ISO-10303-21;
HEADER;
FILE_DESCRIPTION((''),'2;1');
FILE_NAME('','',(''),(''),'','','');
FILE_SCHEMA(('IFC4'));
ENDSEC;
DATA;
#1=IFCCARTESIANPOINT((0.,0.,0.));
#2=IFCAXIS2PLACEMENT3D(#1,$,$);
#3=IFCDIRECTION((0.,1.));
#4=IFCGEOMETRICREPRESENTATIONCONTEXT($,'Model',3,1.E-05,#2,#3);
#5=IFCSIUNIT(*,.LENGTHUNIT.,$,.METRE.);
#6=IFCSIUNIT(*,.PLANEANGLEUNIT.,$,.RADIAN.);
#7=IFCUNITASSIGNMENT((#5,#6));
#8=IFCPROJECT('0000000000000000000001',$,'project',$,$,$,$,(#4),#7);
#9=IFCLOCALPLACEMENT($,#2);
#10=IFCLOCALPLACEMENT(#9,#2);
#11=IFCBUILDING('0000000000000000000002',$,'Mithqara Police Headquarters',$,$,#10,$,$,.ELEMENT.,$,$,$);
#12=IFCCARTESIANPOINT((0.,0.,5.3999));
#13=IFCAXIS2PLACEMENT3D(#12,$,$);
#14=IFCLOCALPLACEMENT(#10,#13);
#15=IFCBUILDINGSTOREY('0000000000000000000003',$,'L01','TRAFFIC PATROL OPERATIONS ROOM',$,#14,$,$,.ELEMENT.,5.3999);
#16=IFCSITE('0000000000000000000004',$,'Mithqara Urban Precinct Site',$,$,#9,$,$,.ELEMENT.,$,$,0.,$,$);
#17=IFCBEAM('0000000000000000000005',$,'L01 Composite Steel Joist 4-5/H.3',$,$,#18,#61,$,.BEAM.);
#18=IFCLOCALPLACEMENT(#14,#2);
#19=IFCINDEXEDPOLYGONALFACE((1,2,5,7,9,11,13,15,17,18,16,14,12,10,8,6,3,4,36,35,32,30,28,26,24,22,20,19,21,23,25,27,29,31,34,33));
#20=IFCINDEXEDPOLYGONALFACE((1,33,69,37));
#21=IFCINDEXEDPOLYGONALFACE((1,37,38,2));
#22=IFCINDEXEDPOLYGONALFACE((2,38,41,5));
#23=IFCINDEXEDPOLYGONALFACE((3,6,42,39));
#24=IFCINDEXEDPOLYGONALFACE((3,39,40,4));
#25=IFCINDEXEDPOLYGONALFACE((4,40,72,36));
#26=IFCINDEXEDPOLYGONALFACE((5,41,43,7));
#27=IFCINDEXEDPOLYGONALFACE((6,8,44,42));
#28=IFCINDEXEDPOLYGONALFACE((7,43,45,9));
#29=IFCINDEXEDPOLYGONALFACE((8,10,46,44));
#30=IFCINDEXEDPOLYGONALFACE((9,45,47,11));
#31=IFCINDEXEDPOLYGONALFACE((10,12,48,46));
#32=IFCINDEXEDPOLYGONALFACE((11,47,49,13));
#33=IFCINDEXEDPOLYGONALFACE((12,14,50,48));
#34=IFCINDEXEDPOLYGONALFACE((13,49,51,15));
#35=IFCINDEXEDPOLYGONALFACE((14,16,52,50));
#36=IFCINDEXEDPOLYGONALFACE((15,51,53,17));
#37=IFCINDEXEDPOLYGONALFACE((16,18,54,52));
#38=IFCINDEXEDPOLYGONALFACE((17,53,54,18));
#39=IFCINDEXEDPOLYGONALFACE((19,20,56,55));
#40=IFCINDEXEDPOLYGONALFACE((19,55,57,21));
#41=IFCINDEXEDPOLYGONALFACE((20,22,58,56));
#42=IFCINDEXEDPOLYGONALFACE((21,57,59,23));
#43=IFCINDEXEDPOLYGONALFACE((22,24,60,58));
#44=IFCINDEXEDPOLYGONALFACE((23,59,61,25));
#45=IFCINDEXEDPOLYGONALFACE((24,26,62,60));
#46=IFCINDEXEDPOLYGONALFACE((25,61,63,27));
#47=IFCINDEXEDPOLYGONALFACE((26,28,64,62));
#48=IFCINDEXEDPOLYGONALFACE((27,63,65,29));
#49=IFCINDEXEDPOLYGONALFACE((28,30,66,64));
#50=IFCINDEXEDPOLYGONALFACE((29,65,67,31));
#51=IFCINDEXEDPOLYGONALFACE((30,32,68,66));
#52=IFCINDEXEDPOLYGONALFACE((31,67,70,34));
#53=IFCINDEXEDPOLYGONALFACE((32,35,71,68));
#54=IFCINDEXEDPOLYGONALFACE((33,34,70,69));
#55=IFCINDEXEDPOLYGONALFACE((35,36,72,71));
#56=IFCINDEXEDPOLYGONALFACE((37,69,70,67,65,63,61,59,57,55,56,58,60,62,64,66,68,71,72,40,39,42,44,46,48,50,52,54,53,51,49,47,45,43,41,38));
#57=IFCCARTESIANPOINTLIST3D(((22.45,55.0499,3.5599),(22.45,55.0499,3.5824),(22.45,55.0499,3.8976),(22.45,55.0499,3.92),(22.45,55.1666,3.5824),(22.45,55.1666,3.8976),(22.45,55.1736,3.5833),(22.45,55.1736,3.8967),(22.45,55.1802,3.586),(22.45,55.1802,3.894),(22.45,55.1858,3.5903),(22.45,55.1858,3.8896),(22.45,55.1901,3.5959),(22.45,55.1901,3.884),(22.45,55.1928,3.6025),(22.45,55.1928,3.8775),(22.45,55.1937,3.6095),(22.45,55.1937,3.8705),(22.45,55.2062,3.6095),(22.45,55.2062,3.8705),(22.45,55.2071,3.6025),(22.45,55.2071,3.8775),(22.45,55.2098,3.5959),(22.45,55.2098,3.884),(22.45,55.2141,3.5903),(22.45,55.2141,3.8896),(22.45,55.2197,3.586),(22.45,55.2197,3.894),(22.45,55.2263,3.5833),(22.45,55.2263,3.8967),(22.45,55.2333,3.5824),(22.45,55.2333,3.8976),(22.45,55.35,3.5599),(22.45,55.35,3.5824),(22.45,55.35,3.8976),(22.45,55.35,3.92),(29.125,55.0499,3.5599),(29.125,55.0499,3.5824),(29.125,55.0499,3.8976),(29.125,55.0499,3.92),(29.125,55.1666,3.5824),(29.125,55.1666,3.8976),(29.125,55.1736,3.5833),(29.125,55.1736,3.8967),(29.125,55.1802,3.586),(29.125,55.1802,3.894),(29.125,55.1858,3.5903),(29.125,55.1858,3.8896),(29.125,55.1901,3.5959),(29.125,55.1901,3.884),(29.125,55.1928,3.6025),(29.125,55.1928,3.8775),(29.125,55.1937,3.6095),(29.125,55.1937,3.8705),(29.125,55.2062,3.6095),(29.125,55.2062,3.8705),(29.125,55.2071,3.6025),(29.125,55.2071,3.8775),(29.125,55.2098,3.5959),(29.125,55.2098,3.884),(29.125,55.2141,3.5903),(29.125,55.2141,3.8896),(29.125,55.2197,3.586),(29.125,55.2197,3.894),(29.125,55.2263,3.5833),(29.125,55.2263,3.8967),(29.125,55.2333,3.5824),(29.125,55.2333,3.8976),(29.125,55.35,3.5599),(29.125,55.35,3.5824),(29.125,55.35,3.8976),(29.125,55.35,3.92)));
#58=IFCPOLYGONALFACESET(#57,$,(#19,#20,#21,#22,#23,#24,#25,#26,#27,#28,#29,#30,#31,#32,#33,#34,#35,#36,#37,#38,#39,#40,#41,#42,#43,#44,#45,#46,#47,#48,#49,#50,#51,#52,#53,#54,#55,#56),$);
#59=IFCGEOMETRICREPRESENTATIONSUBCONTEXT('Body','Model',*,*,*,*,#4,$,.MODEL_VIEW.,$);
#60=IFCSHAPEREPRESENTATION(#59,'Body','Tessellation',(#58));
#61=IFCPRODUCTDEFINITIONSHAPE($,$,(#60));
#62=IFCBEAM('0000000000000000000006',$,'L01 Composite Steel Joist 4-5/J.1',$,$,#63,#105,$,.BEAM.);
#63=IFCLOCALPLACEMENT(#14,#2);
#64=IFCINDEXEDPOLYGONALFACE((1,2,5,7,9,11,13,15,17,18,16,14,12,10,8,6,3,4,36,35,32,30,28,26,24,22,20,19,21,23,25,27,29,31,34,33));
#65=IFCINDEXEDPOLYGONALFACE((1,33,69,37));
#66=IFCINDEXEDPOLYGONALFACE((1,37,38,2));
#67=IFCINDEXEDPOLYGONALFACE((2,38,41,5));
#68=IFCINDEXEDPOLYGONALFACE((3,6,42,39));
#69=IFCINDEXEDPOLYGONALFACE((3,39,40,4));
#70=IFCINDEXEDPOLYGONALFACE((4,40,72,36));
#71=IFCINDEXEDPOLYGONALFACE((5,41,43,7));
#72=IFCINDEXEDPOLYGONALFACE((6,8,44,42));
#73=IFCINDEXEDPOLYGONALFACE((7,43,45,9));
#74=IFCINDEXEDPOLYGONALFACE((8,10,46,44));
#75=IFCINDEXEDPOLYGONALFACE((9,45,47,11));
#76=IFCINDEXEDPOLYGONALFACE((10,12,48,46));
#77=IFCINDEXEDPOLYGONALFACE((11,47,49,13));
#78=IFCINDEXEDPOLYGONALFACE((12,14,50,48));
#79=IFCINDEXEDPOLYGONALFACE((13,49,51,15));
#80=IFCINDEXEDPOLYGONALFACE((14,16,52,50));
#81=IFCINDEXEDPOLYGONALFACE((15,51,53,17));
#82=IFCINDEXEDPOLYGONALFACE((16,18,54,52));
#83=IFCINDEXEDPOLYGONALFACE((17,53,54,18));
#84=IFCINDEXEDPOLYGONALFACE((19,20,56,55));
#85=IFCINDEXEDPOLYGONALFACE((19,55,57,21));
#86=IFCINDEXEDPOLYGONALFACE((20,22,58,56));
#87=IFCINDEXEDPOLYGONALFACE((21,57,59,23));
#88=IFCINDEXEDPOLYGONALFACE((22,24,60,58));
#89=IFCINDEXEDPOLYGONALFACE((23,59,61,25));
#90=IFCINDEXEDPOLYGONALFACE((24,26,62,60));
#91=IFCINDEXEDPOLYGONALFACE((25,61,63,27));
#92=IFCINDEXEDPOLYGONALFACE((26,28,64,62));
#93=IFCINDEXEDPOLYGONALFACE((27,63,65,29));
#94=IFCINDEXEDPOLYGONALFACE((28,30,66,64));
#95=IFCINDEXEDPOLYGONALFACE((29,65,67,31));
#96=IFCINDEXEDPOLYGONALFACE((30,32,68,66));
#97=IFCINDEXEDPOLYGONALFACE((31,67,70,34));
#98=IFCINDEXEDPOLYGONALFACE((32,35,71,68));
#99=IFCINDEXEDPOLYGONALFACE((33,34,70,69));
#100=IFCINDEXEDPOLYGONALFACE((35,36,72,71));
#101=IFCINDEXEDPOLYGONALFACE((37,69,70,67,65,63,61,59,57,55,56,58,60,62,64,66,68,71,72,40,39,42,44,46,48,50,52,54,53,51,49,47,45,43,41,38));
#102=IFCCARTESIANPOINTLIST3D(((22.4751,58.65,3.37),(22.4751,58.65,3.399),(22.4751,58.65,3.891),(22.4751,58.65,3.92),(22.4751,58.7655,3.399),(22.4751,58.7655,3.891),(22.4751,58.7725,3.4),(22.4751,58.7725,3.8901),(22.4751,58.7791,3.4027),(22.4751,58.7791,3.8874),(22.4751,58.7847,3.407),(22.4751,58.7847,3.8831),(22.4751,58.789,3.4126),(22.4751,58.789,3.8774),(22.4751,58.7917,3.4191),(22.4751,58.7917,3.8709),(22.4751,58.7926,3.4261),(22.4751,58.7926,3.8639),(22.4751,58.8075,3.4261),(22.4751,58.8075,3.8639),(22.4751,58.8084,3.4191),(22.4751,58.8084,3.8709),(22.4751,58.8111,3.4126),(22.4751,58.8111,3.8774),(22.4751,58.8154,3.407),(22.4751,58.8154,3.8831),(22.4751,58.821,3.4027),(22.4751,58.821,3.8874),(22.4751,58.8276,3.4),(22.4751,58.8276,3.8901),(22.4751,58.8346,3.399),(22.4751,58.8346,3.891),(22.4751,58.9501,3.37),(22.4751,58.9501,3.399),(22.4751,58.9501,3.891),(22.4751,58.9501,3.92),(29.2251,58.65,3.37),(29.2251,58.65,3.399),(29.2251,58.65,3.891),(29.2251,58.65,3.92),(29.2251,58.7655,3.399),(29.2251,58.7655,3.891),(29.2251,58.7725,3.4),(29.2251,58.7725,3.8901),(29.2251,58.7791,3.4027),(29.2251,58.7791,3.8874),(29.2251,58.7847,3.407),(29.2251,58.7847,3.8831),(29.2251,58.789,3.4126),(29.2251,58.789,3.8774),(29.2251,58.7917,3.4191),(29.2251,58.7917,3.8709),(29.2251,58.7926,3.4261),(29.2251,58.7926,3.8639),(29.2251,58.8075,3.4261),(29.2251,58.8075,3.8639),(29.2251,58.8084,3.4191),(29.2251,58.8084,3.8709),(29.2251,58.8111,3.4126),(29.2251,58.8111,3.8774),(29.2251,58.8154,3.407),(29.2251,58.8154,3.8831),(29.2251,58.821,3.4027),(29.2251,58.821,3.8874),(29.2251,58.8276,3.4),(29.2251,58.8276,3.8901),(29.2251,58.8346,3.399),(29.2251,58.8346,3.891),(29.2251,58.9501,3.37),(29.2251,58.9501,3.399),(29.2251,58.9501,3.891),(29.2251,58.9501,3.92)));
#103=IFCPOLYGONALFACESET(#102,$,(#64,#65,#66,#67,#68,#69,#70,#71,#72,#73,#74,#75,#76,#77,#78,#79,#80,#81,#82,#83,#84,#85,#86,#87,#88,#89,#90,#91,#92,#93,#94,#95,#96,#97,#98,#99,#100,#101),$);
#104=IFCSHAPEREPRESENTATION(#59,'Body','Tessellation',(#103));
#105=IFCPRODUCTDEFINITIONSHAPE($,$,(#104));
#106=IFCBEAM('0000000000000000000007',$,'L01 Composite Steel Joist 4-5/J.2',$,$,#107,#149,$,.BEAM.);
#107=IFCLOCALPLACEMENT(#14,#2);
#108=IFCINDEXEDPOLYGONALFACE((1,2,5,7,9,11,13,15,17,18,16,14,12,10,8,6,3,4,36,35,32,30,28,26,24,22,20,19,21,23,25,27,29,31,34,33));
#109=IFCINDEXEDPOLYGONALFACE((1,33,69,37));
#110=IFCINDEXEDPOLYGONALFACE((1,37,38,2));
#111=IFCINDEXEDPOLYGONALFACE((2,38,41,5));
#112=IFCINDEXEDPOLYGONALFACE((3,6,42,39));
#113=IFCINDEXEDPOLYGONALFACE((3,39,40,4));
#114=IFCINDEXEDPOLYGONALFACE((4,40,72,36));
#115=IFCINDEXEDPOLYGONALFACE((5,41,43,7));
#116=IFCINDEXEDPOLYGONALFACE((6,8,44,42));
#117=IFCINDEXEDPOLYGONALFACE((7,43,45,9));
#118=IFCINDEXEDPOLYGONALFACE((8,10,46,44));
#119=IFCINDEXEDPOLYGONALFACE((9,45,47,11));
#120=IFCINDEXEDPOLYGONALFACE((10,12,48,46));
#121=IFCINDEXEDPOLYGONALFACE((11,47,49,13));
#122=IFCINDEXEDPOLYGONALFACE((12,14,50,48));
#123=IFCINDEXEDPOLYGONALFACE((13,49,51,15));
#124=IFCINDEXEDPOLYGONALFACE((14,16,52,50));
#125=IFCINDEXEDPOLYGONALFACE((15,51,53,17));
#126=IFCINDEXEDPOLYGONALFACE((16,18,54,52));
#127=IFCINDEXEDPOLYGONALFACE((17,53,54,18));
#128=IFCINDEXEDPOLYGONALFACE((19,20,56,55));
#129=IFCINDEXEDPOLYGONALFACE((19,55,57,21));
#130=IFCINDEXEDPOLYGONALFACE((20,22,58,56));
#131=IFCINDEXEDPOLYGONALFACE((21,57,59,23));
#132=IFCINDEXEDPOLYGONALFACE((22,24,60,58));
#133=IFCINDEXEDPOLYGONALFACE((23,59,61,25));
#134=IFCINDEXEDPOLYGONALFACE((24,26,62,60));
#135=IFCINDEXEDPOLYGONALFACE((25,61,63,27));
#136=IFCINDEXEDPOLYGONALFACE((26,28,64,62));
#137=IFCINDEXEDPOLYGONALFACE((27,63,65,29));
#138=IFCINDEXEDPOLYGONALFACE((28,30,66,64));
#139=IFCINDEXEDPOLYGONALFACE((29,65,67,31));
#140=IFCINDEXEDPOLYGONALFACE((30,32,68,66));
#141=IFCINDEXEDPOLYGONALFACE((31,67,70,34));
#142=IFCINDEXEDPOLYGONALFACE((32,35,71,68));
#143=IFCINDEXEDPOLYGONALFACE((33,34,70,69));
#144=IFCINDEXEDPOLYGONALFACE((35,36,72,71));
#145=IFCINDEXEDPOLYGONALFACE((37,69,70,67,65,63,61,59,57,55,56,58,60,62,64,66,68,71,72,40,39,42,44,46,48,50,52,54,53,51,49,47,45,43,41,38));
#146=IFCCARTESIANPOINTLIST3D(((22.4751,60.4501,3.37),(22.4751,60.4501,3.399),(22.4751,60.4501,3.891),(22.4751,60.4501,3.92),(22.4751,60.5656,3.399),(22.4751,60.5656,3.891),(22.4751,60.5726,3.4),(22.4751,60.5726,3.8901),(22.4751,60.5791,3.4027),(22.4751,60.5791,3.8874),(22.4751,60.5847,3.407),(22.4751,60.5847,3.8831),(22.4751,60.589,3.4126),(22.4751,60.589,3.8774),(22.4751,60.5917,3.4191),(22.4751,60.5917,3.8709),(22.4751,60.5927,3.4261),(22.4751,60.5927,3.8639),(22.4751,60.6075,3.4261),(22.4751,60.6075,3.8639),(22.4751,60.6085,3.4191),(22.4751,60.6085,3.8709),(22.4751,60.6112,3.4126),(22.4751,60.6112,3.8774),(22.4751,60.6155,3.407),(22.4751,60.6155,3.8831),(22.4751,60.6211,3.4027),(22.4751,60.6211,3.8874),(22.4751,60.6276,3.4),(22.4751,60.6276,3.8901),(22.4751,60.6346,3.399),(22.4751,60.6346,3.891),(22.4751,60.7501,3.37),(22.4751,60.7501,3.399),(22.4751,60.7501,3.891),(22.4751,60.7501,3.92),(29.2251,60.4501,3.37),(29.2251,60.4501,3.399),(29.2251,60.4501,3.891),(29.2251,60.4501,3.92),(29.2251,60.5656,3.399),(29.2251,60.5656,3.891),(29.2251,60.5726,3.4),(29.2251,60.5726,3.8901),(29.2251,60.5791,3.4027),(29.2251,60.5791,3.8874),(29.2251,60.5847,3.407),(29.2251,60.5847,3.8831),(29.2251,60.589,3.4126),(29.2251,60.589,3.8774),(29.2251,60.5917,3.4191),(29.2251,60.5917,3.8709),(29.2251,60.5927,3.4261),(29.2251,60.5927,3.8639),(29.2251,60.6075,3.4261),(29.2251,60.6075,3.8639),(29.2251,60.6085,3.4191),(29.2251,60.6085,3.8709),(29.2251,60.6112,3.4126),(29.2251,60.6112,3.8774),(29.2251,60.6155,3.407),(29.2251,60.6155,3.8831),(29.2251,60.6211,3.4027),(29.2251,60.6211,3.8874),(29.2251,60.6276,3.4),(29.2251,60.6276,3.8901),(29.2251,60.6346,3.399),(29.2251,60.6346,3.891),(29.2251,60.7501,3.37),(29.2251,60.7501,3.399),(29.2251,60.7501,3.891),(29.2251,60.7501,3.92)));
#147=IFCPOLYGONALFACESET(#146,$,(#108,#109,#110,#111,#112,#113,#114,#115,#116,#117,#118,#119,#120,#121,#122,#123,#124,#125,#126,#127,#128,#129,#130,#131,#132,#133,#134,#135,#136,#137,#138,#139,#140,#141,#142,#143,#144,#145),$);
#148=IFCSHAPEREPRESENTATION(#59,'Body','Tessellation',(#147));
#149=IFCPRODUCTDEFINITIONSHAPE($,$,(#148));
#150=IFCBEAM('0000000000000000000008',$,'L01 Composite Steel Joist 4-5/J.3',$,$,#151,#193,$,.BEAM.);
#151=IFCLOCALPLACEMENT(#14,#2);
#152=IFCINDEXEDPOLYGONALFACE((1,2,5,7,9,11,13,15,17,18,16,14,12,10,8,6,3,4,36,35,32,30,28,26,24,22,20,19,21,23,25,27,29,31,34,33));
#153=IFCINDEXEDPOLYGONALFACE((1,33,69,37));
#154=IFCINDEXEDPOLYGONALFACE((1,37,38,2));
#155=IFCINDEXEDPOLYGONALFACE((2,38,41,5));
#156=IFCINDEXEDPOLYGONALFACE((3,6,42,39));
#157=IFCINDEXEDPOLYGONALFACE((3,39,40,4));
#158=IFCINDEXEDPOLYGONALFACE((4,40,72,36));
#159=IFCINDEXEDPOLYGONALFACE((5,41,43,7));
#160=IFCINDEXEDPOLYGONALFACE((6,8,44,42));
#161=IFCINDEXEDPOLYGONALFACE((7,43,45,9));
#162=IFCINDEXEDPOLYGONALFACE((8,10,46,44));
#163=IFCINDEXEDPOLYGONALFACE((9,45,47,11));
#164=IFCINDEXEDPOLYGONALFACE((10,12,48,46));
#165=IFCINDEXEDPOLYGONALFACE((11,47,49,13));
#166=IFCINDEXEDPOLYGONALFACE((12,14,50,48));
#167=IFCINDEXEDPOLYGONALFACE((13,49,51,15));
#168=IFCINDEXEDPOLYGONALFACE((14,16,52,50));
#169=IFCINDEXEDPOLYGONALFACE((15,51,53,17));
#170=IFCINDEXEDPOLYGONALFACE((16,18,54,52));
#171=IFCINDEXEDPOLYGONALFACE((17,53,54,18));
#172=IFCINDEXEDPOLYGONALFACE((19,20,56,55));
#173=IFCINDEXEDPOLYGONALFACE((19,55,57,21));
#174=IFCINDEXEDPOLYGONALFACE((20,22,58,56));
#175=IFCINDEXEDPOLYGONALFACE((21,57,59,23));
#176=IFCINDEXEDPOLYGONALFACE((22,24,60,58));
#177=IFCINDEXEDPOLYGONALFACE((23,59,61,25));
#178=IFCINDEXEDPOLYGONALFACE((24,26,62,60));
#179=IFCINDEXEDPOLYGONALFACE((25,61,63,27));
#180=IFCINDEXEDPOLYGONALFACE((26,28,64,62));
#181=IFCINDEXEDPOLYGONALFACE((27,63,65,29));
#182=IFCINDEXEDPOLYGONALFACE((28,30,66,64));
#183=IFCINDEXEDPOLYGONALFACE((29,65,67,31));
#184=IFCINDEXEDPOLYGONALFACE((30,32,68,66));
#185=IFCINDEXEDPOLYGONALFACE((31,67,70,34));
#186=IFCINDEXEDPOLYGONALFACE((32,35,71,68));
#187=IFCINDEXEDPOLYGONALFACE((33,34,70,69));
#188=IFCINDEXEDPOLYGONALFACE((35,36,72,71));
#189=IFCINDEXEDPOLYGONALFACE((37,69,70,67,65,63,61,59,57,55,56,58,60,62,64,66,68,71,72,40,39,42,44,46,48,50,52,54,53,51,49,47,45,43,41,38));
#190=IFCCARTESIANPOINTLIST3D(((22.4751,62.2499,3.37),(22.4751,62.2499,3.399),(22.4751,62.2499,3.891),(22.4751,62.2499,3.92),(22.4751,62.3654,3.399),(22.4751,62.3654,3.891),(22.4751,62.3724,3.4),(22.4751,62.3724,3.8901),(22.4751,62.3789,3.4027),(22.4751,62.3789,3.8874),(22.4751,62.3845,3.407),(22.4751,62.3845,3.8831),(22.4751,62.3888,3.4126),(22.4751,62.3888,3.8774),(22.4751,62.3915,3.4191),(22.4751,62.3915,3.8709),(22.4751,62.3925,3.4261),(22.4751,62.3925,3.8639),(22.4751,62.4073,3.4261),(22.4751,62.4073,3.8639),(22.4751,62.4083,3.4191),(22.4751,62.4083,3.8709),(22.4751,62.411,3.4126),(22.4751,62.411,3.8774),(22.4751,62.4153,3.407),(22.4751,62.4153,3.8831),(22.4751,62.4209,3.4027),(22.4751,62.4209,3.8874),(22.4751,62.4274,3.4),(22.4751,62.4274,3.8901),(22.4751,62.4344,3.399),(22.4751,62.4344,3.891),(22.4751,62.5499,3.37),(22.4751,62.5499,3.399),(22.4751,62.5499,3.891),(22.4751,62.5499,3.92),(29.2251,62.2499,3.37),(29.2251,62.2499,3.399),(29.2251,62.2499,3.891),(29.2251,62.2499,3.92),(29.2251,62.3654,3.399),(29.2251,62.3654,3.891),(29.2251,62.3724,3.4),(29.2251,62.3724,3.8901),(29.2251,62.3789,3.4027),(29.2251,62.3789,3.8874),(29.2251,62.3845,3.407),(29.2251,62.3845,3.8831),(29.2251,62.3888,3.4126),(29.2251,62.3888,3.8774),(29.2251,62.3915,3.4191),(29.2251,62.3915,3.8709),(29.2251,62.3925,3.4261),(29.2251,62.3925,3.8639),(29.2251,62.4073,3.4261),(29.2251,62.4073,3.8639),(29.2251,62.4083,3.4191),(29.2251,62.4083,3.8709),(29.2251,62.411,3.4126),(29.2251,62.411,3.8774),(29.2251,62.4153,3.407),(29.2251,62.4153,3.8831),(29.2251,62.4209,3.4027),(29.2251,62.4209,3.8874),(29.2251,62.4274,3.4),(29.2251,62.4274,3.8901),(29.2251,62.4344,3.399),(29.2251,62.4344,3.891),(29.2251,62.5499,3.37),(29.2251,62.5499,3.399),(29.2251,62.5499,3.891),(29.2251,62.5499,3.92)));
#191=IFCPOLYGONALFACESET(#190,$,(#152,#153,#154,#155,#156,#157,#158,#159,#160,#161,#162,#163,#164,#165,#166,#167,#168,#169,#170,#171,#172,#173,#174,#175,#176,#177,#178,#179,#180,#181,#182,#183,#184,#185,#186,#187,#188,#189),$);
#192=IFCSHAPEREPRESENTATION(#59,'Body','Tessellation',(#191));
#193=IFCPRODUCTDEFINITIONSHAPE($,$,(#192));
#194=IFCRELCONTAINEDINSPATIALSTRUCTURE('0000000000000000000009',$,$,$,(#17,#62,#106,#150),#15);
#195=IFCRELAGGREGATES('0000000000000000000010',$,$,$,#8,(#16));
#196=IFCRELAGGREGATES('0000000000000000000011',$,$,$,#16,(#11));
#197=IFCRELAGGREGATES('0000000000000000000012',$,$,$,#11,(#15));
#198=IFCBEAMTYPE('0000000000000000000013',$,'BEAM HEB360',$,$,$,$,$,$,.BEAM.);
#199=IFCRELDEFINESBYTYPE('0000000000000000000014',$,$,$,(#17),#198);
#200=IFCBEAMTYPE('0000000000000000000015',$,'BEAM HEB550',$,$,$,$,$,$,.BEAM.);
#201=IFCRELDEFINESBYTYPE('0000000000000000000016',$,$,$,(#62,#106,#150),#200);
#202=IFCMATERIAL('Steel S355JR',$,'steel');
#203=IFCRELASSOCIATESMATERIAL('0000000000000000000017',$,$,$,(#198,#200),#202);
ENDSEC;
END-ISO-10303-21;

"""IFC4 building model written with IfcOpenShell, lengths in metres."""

from ifc_helpers import new_model, si_unit, direction, frame, origin, origin_2d, place, context, subcontext, project, spatial, i_section, extrude, material, material_profile, profile_set, type_object, element, save


model = new_model("IFC4")

# Units and contexts
model_context = context("Model", 3, precision=1e-05, world=origin(), true_north=direction((0.0, 1.0)))
body_context = subcontext(model_context, "Body", "Model", "MODEL_VIEW")
ifc_project = project(units=[si_unit("LENGTHUNIT", "METRE"), si_unit("PLANEANGLEUNIT", "RADIAN")], contexts=[model_context])

# Site, building, storey
site_placement = place(None, origin())
site = spatial("IfcSite", under=ifc_project, at=site_placement, Name="Mithqara Urban Precinct Site", CompositionType="ELEMENT", RefElevation=0.0)
building_placement = place(site_placement, origin())
building = spatial("IfcBuilding", under=site, at=building_placement, Name="Mithqara Police Headquarters", CompositionType="ELEMENT")
storey_placement = place(building_placement, frame((0.0, 0.0, 5.3999)))
storey = spatial("IfcBuildingStorey", under=building, at=storey_placement, Name="L01", Description="TRAFFIC PATROL OPERATIONS ROOM", CompositionType="ELEMENT", Elevation=5.3999)

# Beams
ifc_material_1 = material(Name="Steel S355JR", Category="steel")
ifc_material_profile_1 = material_profile(ifc_material_1, i_section(OverallWidth=0.3, OverallDepth=0.3601, WebThickness=0.0125, FlangeThickness=0.0225, FilletRadius=0.0271, at=origin_2d()), Name="HEB 360")
ifc_profile_set_1 = profile_set([ifc_material_profile_1], Name="Steel S355JR")
beam_type_1 = type_object("IfcBeamType", Name="BEAM HEB360", PredefinedType="BEAM", material=ifc_profile_set_1)
beam_1_placement = place(storey_placement, frame((22.45, 55.2, 3.74), z_axis=(1.0, 0.0, 0.0), x_axis=(0.0, 1.0, 0.0)))
element("IfcBeam", 1, at=beam_1_placement, inside=storey, type_object=beam_type_1, Name="L01 Composite Steel Joist 4-5/H.3", PredefinedType="BEAM", context=body_context, shape_type="SweptSolid", body=[
    extrude(i_section(OverallWidth=0.3, OverallDepth=0.3601, WebThickness=0.0125, FlangeThickness=0.0225, FilletRadius=0.0271, at=origin_2d()), origin(), (0.0, 0.0, 1.0), 6.675),
])
ifc_material_profile_2 = material_profile(ifc_material_1, i_section(OverallWidth=0.3, OverallDepth=0.55, WebThickness=0.0149, FlangeThickness=0.0291, FilletRadius=0.0271, at=origin_2d()), Name="HEB 550")
ifc_profile_set_2 = profile_set([ifc_material_profile_2], Name="Steel S355JR")
beam_type_2 = type_object("IfcBeamType", Name="BEAM HEB550", PredefinedType="BEAM", material=ifc_profile_set_2)
for number, where, z_axis, x_axis, name in (
    (2, (22.4751, 58.8, 3.645), (1.0, 0.0, 0.0), (0.0, 1.0, 0.0), "L01 Composite Steel Joist 4-5/J.1"),
    (3, (22.4751, 60.6001, 3.645), (1.0, 0.0, 0.0), (0.0, 1.0, 0.0), "L01 Composite Steel Joist 4-5/J.2"),
    (4, (22.4751, 62.3999, 3.645), (1.0, 0.0, 0.0), (0.0, 1.0, 0.0), "L01 Composite Steel Joist 4-5/J.3"),
):
    element("IfcBeam", number, at=place(storey_placement, frame(where, z_axis=z_axis, x_axis=x_axis)), inside=storey, type_object=beam_type_2, Name=name, PredefinedType="BEAM", context=body_context, shape_type="SweptSolid", body=[
        extrude(i_section(OverallWidth=0.3, OverallDepth=0.55, WebThickness=0.0149, FlangeThickness=0.0291, FilletRadius=0.0271, at=origin_2d()), origin(), (0.0, 0.0, 1.0), 6.75),
    ])

save(model, "model.ifc")
